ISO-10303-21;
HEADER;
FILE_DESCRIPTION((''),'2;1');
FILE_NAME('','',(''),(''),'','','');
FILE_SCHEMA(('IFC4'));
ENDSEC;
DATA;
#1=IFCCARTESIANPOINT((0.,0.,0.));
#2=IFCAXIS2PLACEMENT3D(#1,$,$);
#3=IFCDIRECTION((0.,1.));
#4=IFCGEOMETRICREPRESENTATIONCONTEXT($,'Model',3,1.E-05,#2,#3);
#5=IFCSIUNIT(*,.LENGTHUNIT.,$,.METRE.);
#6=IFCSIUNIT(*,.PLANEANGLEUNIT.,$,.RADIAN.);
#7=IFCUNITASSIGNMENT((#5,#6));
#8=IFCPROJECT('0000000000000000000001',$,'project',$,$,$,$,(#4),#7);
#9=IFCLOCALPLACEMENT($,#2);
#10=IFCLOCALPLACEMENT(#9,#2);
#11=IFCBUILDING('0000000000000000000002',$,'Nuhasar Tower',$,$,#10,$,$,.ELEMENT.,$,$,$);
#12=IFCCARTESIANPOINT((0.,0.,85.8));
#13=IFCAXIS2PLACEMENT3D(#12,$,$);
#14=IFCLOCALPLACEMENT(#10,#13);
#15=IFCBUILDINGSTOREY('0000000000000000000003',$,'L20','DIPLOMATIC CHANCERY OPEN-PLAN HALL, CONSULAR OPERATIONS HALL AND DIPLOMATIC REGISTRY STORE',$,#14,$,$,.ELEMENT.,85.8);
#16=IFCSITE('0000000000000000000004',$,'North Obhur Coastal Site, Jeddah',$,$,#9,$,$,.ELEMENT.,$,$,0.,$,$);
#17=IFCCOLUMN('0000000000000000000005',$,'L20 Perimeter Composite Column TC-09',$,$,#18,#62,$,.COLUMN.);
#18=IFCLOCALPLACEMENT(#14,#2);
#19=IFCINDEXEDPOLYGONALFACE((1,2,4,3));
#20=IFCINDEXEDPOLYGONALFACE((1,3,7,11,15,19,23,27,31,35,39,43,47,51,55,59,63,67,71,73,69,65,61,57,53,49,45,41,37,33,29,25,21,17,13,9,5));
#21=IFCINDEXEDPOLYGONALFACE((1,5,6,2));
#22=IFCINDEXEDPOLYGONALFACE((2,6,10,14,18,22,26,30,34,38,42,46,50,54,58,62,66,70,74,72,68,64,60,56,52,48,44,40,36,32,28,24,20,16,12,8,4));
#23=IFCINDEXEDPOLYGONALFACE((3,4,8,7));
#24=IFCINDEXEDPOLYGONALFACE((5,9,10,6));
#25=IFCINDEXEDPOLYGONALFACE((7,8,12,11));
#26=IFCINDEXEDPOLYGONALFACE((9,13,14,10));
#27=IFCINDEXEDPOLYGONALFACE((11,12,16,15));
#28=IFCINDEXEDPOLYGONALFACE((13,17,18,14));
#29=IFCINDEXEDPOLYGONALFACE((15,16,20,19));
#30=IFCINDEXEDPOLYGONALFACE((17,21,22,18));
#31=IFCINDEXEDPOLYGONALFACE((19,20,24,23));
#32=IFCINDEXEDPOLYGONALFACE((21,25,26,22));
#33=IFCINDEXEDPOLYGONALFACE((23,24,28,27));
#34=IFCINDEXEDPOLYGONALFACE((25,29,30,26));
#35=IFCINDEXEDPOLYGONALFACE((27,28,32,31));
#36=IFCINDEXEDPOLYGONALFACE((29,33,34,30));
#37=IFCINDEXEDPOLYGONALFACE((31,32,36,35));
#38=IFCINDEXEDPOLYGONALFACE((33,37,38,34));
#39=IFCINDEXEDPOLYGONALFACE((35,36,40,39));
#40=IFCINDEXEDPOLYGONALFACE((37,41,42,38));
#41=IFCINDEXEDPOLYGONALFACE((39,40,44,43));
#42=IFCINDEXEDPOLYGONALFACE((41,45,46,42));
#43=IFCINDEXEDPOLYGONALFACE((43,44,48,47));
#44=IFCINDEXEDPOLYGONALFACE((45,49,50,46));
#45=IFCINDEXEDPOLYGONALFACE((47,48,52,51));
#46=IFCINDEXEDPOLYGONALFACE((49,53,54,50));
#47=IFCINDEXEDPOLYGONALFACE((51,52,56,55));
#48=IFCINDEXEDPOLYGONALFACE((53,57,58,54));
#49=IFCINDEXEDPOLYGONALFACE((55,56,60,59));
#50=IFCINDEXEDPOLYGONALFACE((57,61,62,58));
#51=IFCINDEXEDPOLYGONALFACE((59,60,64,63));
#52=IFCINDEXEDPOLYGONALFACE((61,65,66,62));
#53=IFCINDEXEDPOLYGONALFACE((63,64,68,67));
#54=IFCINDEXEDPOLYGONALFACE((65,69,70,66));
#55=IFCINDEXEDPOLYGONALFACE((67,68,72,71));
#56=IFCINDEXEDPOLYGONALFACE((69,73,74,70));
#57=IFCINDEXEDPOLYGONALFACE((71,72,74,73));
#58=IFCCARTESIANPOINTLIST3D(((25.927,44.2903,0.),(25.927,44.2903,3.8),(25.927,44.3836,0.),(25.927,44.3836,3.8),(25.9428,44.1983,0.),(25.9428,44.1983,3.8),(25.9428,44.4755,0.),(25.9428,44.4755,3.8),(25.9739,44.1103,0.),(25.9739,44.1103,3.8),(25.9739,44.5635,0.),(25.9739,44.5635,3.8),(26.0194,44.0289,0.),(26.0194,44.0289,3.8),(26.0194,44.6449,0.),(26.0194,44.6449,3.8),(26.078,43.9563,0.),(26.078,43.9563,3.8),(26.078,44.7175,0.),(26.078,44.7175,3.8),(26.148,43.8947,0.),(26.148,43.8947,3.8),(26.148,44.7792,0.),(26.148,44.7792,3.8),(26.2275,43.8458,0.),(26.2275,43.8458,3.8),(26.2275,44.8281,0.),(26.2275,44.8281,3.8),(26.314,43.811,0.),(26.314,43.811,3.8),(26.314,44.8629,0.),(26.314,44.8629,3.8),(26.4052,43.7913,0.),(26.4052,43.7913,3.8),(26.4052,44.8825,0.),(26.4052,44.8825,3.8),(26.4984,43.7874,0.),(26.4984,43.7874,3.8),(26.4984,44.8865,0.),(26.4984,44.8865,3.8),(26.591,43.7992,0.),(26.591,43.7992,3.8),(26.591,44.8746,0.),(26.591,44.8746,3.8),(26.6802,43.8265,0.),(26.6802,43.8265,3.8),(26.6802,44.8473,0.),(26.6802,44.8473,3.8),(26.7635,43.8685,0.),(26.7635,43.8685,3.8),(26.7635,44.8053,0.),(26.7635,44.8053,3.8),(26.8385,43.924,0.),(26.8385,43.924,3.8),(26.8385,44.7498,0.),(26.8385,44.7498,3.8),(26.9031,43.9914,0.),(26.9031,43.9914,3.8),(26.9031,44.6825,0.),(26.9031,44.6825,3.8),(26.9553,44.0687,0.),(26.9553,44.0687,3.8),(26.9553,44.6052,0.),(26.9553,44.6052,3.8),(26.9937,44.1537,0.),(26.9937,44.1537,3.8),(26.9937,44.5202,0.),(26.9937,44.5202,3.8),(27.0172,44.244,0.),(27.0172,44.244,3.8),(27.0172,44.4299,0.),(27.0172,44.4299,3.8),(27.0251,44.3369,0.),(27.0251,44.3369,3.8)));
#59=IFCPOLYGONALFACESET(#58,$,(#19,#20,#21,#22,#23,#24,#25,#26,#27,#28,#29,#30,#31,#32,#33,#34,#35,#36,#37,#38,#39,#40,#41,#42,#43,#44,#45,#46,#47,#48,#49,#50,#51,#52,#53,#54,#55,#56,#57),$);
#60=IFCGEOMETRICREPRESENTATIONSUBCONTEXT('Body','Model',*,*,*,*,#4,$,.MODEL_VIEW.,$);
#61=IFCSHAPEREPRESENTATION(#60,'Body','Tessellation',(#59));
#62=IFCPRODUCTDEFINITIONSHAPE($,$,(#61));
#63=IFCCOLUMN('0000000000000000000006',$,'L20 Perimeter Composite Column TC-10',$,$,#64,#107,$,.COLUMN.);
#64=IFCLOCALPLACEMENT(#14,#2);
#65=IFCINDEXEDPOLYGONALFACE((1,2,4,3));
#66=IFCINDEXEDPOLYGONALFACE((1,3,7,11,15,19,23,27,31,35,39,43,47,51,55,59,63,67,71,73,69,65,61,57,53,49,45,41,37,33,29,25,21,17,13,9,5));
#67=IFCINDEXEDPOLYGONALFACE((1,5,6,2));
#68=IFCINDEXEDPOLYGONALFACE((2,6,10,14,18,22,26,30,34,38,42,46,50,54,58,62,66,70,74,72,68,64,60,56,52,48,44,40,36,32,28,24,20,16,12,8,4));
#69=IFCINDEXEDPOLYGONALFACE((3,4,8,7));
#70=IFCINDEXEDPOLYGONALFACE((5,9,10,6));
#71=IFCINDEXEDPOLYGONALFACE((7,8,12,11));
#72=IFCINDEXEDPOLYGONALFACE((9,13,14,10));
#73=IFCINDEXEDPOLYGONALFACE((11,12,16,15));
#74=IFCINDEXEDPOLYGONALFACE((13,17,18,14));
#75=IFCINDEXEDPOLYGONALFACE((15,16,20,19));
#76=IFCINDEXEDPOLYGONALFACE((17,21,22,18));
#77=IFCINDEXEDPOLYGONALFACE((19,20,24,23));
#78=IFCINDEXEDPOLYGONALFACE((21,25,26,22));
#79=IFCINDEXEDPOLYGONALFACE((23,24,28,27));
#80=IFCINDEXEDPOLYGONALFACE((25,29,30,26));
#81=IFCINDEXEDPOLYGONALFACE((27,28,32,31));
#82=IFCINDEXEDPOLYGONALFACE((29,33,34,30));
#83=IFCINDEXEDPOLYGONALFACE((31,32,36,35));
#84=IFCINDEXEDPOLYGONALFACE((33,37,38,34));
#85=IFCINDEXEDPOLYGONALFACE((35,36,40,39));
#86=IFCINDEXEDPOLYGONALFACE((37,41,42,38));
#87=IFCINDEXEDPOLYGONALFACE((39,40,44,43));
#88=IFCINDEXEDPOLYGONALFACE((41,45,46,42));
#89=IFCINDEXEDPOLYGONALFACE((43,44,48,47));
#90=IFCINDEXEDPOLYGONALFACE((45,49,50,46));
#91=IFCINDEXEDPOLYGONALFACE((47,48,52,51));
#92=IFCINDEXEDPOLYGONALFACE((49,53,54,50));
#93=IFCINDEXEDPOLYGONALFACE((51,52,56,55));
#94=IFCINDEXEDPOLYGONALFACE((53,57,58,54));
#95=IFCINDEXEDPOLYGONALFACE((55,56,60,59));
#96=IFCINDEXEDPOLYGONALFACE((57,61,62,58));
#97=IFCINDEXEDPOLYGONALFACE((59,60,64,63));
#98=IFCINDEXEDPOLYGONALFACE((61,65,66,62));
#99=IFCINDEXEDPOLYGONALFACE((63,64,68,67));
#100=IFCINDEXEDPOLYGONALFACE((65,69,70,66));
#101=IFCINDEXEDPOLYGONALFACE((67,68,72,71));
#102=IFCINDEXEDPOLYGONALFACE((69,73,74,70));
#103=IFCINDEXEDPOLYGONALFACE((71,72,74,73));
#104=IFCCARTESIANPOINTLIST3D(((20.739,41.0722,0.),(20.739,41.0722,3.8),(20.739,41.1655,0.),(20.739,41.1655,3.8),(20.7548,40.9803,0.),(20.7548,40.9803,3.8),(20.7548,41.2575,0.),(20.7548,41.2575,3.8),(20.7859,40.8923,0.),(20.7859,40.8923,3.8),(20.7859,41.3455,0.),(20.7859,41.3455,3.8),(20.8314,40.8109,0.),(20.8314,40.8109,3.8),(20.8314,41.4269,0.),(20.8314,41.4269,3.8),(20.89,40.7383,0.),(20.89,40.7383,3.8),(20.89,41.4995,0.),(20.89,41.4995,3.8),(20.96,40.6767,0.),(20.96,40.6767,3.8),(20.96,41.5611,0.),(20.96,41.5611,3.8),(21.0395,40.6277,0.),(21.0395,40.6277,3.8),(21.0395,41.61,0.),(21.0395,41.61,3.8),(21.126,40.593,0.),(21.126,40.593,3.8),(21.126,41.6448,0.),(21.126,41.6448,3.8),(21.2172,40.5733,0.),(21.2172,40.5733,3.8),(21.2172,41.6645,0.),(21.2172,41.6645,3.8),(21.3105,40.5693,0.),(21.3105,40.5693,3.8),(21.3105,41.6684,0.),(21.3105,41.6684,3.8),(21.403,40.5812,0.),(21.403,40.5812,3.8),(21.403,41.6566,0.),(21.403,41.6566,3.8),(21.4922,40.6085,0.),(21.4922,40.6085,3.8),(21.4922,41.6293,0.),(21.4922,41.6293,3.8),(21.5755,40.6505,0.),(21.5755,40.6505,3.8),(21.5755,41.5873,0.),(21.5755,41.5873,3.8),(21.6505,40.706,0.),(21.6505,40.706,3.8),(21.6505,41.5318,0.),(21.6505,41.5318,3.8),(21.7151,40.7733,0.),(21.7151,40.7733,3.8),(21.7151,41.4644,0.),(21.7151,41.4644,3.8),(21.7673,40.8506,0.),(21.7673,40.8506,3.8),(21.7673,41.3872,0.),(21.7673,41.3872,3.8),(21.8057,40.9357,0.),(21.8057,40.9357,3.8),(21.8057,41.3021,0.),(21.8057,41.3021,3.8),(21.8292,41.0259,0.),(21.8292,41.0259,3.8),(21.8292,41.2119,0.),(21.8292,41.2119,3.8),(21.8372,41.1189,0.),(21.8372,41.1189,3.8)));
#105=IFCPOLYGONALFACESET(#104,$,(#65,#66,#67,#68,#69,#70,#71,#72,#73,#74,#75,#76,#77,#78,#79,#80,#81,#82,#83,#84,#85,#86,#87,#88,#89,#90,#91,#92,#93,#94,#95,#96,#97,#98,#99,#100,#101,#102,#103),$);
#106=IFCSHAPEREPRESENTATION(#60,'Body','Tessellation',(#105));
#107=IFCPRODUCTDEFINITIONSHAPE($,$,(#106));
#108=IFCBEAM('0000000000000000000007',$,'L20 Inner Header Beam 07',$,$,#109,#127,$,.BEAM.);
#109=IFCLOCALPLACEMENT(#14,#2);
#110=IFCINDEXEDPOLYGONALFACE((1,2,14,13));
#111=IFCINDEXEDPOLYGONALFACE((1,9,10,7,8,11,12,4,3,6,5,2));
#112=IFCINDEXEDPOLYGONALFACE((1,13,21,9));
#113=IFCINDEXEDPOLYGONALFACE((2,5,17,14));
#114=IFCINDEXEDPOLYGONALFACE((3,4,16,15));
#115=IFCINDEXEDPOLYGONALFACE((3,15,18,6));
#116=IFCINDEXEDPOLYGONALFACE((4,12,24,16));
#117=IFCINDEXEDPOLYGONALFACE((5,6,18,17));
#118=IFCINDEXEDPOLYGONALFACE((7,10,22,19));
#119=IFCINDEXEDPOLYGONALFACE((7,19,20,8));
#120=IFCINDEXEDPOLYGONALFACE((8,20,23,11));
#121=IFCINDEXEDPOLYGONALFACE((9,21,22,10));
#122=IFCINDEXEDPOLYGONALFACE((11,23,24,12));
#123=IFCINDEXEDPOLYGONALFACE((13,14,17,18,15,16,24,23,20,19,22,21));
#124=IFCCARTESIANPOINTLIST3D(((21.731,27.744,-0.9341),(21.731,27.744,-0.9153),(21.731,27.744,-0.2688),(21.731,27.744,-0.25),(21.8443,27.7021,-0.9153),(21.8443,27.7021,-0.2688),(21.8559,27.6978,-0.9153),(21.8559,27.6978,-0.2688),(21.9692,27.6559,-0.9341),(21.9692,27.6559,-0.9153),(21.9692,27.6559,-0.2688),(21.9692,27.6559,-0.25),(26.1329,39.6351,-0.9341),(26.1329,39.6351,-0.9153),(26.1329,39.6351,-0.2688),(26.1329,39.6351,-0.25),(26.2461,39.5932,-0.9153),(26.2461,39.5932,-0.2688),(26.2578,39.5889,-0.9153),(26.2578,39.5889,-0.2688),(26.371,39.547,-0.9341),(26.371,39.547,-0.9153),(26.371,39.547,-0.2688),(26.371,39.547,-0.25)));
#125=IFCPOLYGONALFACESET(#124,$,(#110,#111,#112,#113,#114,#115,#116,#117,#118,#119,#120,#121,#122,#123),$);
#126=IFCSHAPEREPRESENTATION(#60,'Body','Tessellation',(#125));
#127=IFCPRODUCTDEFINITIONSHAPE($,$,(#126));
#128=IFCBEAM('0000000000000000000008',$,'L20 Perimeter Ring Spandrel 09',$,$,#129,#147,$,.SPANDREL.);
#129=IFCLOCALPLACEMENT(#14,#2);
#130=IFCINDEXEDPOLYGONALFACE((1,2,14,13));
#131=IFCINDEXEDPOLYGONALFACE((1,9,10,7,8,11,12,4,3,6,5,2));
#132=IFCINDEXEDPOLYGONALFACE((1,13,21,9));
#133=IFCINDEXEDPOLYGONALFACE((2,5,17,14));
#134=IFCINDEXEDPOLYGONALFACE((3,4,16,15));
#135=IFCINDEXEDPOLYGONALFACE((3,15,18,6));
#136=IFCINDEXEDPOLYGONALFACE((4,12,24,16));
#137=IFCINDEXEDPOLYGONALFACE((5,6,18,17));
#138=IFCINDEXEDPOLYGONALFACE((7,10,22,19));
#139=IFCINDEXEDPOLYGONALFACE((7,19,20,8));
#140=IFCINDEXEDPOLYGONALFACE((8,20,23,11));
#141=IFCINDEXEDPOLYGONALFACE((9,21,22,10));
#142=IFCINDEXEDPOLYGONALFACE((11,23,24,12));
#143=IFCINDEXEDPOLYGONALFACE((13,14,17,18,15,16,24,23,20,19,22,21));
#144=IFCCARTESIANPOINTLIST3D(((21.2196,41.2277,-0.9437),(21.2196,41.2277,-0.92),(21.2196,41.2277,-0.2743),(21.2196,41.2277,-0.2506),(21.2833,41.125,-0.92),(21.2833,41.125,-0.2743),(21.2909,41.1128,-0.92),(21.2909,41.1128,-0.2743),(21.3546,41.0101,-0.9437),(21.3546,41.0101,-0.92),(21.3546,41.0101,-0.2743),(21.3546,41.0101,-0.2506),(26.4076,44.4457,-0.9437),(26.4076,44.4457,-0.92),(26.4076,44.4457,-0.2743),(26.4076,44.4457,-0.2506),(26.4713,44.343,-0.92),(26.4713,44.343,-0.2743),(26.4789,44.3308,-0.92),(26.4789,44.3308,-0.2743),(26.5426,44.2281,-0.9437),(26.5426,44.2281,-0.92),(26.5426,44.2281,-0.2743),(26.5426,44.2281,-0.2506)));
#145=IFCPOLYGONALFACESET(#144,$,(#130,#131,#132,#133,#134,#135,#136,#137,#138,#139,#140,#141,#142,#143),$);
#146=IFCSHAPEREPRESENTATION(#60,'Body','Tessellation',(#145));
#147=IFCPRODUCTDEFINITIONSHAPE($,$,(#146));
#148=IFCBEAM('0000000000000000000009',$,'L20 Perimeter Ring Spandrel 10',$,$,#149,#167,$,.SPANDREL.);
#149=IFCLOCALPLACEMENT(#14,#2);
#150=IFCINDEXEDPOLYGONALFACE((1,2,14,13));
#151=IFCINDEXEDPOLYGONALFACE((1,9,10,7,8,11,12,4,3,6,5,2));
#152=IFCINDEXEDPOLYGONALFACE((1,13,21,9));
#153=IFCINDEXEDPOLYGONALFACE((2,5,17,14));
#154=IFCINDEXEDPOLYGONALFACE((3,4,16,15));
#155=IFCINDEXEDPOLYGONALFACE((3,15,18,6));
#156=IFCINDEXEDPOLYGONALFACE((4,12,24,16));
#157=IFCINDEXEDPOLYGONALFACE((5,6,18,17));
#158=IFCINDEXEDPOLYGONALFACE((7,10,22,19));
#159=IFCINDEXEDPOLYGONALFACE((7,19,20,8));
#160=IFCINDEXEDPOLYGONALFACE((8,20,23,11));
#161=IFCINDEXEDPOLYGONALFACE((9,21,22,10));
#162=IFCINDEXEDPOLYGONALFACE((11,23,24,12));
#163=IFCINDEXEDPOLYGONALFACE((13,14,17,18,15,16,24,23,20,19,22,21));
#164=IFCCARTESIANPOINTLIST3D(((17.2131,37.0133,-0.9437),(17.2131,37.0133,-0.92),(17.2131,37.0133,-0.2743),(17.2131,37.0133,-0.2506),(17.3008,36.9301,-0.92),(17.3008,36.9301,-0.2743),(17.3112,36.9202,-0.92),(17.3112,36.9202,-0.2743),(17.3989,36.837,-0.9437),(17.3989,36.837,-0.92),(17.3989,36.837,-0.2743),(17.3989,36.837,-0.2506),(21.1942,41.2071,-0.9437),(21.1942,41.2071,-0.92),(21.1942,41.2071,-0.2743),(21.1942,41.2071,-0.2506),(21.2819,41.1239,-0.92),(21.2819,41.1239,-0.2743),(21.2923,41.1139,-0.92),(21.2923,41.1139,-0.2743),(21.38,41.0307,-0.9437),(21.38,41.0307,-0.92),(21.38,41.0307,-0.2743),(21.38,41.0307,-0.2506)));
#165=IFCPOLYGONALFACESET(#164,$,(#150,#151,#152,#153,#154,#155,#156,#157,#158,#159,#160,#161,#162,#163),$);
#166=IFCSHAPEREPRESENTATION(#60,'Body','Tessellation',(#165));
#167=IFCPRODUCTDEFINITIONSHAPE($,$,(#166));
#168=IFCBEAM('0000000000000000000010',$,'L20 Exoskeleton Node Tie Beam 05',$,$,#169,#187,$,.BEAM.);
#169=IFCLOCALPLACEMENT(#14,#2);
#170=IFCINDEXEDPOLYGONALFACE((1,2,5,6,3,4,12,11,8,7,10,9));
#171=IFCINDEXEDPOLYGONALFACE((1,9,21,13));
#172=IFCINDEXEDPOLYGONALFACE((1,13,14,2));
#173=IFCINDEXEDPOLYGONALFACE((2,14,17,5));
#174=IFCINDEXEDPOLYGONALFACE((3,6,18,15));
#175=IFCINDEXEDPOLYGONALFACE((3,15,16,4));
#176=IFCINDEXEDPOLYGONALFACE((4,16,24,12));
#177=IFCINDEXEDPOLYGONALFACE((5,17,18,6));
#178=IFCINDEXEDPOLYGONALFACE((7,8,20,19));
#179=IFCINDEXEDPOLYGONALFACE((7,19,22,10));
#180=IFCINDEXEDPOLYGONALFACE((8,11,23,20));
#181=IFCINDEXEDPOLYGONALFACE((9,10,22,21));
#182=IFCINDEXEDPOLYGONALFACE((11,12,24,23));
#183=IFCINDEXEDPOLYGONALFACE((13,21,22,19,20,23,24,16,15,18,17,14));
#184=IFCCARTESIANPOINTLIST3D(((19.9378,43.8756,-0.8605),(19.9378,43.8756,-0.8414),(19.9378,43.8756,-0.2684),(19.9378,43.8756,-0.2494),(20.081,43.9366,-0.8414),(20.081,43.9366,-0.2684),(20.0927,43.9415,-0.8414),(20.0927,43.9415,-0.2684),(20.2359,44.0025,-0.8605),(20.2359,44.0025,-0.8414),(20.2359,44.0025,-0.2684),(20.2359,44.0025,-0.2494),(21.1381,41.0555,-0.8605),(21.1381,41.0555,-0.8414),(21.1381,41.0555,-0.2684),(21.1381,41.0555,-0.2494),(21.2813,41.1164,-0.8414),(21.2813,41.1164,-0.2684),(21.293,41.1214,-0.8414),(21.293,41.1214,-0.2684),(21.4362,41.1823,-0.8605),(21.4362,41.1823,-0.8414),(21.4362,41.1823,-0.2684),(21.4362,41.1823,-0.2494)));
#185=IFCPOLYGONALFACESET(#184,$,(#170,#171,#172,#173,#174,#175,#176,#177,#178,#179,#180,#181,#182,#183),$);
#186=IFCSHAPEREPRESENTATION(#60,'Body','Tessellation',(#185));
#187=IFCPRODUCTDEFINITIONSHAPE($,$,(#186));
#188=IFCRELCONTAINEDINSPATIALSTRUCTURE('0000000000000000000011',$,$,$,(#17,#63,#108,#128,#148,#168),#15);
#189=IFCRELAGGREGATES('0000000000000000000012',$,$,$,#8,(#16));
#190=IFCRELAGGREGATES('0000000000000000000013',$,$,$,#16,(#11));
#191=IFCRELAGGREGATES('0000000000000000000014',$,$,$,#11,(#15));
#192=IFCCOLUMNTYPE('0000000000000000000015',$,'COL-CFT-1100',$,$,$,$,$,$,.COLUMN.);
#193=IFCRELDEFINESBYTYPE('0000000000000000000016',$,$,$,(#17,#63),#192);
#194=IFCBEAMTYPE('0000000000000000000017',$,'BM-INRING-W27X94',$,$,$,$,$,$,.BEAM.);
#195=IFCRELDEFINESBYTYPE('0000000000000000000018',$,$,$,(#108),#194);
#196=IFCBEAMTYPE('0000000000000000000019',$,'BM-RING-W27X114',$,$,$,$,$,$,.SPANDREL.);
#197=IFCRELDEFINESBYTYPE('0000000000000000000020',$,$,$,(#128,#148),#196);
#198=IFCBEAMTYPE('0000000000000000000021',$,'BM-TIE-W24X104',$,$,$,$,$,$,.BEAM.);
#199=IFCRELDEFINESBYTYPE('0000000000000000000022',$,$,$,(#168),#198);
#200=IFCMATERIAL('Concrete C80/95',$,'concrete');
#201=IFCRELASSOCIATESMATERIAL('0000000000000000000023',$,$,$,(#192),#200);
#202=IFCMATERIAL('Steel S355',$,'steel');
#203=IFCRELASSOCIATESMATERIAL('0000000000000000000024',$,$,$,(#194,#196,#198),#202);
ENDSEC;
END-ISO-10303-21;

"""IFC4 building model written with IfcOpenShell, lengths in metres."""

from ifc_helpers import new_model, si_unit, direction, frame, origin, origin_2d, place, context, subcontext, project, spatial, circle, i_section, extrude, material, material_profile, profile_set, type_object, element, save


model = new_model("IFC4")

# Units and contexts
model_context = context("Model", 3, precision=1e-05, world=origin(), true_north=direction((0.0, 1.0)))
body_context = subcontext(model_context, "Body", "Model", "MODEL_VIEW")
ifc_project = project(units=[si_unit("LENGTHUNIT", "METRE"), si_unit("PLANEANGLEUNIT", "RADIAN")], contexts=[model_context])

# Site, building, storey
site_placement = place(None, origin())
site = spatial("IfcSite", under=ifc_project, at=site_placement, Name="North Obhur Coastal Site, Jeddah", CompositionType="ELEMENT", RefElevation=0.0)
building_placement = place(site_placement, origin())
building = spatial("IfcBuilding", under=site, at=building_placement, Name="Nuhasar Tower", CompositionType="ELEMENT")
storey_placement = place(building_placement, frame((0.0, 0.0, 85.8)))
storey = spatial("IfcBuildingStorey", under=building, at=storey_placement, Name="L20", Description="DIPLOMATIC CHANCERY OPEN-PLAN HALL, CONSULAR OPERATIONS HALL AND DIPLOMATIC REGISTRY STORE", CompositionType="ELEMENT", Elevation=85.8)

# Columns
ifc_material_1 = material(Name="Concrete C80/95", Category="concrete")
ifc_material_profile_1 = material_profile(ifc_material_1, circle(Radius=0.55, at=origin_2d()), Name="CFT1100")
ifc_profile_set_1 = profile_set([ifc_material_profile_1], Name="Concrete C80/95")
column_type = type_object("IfcColumnType", Name="COL-CFT-1100", PredefinedType="COLUMN", material=ifc_profile_set_1)
for number, where, z_axis, x_axis, name in (
    (1, (26.4751, 44.3369, 0.0), (0.0, 0.0, 1.0), (1.0, 0.0, 0.0), "L20 Perimeter Composite Column TC-09"),
    (2, (21.2871, 41.1189, 0.0), (0.0, 0.0, 1.0), (1.0, 0.0, 0.0), "L20 Perimeter Composite Column TC-10"),
):
    element("IfcColumn", number, at=place(storey_placement, frame(where, z_axis=z_axis, x_axis=x_axis)), inside=storey, type_object=column_type, Name=name, PredefinedType="COLUMN", context=body_context, shape_type="SweptSolid", body=[
        extrude(circle(Radius=0.55, at=origin_2d()), origin(), (0.0, 0.0, 1.0), 3.8),
    ])

# Beams
ifc_material_2 = material(Name="Steel S355", Category="steel")
ifc_material_profile_2 = material_profile(ifc_material_2, i_section(OverallWidth=0.2539, OverallDepth=0.6841, WebThickness=0.0125, FlangeThickness=0.0188, at=origin_2d()), Name="W27X94")
ifc_profile_set_2 = profile_set([ifc_material_profile_2], Name="Steel S355")
beam_type_1 = type_object("IfcBeamType", Name="BM-INRING-W27X94", PredefinedType="BEAM", material=ifc_profile_set_2)
beam_1_placement = place(storey_placement, frame((26.252, 39.5911, -0.592), z_axis=(-0.347158, -0.937807, 0.0), x_axis=(0.937807, -0.347158, 0.0)))
element("IfcBeam", 3, at=beam_1_placement, inside=storey, type_object=beam_type_1, Name="L20 Inner Header Beam 07", PredefinedType="BEAM", context=body_context, shape_type="SweptSolid", body=[
    extrude(i_section(OverallWidth=0.2539, OverallDepth=0.6841, WebThickness=0.0125, FlangeThickness=0.0188, at=origin_2d()), origin(), (0.0, 0.0, 1.0), 12.6797),
])
ifc_material_profile_3 = material_profile(ifc_material_2, i_section(OverallWidth=0.2561, OverallDepth=0.6931, WebThickness=0.0144, FlangeThickness=0.0237, at=origin_2d()), Name="W27X114")
ifc_profile_set_3 = profile_set([ifc_material_profile_3], Name="Steel S355")
beam_type_2 = type_object("IfcBeamType", Name="BM-RING-W27X114", PredefinedType="SPANDREL", material=ifc_profile_set_3)
beam_2_placement = place(storey_placement, frame((26.4751, 44.3369, -0.5972), z_axis=(-0.849795, -0.527113, 0.0), x_axis=(0.527113, -0.849795, 0.0)))
element("IfcBeam", 4, at=beam_2_placement, inside=storey, type_object=beam_type_2, Name="L20 Perimeter Ring Spandrel 09", PredefinedType="SPANDREL", context=body_context, shape_type="SweptSolid", body=[
    extrude(i_section(OverallWidth=0.2561, OverallDepth=0.6931, WebThickness=0.0144, FlangeThickness=0.0237, at=origin_2d()), origin(), (0.0, 0.0, 1.0), 6.105),
])
beam_3_placement = place(storey_placement, frame((21.2871, 41.1189, -0.5972), z_axis=(-0.688481, -0.725254, 0.0), x_axis=(0.725254, -0.688481, 0.0)))
element("IfcBeam", 5, at=beam_3_placement, inside=storey, type_object=beam_type_2, Name="L20 Perimeter Ring Spandrel 10", PredefinedType="SPANDREL", context=body_context, shape_type="SweptSolid", body=[
    extrude(i_section(OverallWidth=0.2561, OverallDepth=0.6931, WebThickness=0.0144, FlangeThickness=0.0237, at=origin_2d()), origin(), (0.0, 0.0, 1.0), 5.7825),
])
ifc_material_profile_4 = material_profile(ifc_material_2, i_section(OverallWidth=0.324, OverallDepth=0.6111, WebThickness=0.0127, FlangeThickness=0.019, at=origin_2d()), Name="W24X104")
ifc_profile_set_4 = profile_set([ifc_material_profile_4], Name="Steel S355")
beam_type_3 = type_object("IfcBeamType", Name="BM-TIE-W24X104", PredefinedType="BEAM", material=ifc_profile_set_4)
beam_4_placement = place(storey_placement, frame((21.2871, 41.1189, -0.5549), z_axis=(-0.391601, 0.920135, 0.0), x_axis=(-0.920135, -0.391601, 0.0)))
element("IfcBeam", 6, at=beam_4_placement, inside=storey, type_object=beam_type_3, Name="L20 Exoskeleton Node Tie Beam 05", PredefinedType="BEAM", context=body_context, shape_type="SweptSolid", body=[
    extrude(i_section(OverallWidth=0.324, OverallDepth=0.6111, WebThickness=0.0127, FlangeThickness=0.019, at=origin_2d()), origin(), (0.0, 0.0, 1.0), 3.0649),
])

save(model, "model.ifc")
